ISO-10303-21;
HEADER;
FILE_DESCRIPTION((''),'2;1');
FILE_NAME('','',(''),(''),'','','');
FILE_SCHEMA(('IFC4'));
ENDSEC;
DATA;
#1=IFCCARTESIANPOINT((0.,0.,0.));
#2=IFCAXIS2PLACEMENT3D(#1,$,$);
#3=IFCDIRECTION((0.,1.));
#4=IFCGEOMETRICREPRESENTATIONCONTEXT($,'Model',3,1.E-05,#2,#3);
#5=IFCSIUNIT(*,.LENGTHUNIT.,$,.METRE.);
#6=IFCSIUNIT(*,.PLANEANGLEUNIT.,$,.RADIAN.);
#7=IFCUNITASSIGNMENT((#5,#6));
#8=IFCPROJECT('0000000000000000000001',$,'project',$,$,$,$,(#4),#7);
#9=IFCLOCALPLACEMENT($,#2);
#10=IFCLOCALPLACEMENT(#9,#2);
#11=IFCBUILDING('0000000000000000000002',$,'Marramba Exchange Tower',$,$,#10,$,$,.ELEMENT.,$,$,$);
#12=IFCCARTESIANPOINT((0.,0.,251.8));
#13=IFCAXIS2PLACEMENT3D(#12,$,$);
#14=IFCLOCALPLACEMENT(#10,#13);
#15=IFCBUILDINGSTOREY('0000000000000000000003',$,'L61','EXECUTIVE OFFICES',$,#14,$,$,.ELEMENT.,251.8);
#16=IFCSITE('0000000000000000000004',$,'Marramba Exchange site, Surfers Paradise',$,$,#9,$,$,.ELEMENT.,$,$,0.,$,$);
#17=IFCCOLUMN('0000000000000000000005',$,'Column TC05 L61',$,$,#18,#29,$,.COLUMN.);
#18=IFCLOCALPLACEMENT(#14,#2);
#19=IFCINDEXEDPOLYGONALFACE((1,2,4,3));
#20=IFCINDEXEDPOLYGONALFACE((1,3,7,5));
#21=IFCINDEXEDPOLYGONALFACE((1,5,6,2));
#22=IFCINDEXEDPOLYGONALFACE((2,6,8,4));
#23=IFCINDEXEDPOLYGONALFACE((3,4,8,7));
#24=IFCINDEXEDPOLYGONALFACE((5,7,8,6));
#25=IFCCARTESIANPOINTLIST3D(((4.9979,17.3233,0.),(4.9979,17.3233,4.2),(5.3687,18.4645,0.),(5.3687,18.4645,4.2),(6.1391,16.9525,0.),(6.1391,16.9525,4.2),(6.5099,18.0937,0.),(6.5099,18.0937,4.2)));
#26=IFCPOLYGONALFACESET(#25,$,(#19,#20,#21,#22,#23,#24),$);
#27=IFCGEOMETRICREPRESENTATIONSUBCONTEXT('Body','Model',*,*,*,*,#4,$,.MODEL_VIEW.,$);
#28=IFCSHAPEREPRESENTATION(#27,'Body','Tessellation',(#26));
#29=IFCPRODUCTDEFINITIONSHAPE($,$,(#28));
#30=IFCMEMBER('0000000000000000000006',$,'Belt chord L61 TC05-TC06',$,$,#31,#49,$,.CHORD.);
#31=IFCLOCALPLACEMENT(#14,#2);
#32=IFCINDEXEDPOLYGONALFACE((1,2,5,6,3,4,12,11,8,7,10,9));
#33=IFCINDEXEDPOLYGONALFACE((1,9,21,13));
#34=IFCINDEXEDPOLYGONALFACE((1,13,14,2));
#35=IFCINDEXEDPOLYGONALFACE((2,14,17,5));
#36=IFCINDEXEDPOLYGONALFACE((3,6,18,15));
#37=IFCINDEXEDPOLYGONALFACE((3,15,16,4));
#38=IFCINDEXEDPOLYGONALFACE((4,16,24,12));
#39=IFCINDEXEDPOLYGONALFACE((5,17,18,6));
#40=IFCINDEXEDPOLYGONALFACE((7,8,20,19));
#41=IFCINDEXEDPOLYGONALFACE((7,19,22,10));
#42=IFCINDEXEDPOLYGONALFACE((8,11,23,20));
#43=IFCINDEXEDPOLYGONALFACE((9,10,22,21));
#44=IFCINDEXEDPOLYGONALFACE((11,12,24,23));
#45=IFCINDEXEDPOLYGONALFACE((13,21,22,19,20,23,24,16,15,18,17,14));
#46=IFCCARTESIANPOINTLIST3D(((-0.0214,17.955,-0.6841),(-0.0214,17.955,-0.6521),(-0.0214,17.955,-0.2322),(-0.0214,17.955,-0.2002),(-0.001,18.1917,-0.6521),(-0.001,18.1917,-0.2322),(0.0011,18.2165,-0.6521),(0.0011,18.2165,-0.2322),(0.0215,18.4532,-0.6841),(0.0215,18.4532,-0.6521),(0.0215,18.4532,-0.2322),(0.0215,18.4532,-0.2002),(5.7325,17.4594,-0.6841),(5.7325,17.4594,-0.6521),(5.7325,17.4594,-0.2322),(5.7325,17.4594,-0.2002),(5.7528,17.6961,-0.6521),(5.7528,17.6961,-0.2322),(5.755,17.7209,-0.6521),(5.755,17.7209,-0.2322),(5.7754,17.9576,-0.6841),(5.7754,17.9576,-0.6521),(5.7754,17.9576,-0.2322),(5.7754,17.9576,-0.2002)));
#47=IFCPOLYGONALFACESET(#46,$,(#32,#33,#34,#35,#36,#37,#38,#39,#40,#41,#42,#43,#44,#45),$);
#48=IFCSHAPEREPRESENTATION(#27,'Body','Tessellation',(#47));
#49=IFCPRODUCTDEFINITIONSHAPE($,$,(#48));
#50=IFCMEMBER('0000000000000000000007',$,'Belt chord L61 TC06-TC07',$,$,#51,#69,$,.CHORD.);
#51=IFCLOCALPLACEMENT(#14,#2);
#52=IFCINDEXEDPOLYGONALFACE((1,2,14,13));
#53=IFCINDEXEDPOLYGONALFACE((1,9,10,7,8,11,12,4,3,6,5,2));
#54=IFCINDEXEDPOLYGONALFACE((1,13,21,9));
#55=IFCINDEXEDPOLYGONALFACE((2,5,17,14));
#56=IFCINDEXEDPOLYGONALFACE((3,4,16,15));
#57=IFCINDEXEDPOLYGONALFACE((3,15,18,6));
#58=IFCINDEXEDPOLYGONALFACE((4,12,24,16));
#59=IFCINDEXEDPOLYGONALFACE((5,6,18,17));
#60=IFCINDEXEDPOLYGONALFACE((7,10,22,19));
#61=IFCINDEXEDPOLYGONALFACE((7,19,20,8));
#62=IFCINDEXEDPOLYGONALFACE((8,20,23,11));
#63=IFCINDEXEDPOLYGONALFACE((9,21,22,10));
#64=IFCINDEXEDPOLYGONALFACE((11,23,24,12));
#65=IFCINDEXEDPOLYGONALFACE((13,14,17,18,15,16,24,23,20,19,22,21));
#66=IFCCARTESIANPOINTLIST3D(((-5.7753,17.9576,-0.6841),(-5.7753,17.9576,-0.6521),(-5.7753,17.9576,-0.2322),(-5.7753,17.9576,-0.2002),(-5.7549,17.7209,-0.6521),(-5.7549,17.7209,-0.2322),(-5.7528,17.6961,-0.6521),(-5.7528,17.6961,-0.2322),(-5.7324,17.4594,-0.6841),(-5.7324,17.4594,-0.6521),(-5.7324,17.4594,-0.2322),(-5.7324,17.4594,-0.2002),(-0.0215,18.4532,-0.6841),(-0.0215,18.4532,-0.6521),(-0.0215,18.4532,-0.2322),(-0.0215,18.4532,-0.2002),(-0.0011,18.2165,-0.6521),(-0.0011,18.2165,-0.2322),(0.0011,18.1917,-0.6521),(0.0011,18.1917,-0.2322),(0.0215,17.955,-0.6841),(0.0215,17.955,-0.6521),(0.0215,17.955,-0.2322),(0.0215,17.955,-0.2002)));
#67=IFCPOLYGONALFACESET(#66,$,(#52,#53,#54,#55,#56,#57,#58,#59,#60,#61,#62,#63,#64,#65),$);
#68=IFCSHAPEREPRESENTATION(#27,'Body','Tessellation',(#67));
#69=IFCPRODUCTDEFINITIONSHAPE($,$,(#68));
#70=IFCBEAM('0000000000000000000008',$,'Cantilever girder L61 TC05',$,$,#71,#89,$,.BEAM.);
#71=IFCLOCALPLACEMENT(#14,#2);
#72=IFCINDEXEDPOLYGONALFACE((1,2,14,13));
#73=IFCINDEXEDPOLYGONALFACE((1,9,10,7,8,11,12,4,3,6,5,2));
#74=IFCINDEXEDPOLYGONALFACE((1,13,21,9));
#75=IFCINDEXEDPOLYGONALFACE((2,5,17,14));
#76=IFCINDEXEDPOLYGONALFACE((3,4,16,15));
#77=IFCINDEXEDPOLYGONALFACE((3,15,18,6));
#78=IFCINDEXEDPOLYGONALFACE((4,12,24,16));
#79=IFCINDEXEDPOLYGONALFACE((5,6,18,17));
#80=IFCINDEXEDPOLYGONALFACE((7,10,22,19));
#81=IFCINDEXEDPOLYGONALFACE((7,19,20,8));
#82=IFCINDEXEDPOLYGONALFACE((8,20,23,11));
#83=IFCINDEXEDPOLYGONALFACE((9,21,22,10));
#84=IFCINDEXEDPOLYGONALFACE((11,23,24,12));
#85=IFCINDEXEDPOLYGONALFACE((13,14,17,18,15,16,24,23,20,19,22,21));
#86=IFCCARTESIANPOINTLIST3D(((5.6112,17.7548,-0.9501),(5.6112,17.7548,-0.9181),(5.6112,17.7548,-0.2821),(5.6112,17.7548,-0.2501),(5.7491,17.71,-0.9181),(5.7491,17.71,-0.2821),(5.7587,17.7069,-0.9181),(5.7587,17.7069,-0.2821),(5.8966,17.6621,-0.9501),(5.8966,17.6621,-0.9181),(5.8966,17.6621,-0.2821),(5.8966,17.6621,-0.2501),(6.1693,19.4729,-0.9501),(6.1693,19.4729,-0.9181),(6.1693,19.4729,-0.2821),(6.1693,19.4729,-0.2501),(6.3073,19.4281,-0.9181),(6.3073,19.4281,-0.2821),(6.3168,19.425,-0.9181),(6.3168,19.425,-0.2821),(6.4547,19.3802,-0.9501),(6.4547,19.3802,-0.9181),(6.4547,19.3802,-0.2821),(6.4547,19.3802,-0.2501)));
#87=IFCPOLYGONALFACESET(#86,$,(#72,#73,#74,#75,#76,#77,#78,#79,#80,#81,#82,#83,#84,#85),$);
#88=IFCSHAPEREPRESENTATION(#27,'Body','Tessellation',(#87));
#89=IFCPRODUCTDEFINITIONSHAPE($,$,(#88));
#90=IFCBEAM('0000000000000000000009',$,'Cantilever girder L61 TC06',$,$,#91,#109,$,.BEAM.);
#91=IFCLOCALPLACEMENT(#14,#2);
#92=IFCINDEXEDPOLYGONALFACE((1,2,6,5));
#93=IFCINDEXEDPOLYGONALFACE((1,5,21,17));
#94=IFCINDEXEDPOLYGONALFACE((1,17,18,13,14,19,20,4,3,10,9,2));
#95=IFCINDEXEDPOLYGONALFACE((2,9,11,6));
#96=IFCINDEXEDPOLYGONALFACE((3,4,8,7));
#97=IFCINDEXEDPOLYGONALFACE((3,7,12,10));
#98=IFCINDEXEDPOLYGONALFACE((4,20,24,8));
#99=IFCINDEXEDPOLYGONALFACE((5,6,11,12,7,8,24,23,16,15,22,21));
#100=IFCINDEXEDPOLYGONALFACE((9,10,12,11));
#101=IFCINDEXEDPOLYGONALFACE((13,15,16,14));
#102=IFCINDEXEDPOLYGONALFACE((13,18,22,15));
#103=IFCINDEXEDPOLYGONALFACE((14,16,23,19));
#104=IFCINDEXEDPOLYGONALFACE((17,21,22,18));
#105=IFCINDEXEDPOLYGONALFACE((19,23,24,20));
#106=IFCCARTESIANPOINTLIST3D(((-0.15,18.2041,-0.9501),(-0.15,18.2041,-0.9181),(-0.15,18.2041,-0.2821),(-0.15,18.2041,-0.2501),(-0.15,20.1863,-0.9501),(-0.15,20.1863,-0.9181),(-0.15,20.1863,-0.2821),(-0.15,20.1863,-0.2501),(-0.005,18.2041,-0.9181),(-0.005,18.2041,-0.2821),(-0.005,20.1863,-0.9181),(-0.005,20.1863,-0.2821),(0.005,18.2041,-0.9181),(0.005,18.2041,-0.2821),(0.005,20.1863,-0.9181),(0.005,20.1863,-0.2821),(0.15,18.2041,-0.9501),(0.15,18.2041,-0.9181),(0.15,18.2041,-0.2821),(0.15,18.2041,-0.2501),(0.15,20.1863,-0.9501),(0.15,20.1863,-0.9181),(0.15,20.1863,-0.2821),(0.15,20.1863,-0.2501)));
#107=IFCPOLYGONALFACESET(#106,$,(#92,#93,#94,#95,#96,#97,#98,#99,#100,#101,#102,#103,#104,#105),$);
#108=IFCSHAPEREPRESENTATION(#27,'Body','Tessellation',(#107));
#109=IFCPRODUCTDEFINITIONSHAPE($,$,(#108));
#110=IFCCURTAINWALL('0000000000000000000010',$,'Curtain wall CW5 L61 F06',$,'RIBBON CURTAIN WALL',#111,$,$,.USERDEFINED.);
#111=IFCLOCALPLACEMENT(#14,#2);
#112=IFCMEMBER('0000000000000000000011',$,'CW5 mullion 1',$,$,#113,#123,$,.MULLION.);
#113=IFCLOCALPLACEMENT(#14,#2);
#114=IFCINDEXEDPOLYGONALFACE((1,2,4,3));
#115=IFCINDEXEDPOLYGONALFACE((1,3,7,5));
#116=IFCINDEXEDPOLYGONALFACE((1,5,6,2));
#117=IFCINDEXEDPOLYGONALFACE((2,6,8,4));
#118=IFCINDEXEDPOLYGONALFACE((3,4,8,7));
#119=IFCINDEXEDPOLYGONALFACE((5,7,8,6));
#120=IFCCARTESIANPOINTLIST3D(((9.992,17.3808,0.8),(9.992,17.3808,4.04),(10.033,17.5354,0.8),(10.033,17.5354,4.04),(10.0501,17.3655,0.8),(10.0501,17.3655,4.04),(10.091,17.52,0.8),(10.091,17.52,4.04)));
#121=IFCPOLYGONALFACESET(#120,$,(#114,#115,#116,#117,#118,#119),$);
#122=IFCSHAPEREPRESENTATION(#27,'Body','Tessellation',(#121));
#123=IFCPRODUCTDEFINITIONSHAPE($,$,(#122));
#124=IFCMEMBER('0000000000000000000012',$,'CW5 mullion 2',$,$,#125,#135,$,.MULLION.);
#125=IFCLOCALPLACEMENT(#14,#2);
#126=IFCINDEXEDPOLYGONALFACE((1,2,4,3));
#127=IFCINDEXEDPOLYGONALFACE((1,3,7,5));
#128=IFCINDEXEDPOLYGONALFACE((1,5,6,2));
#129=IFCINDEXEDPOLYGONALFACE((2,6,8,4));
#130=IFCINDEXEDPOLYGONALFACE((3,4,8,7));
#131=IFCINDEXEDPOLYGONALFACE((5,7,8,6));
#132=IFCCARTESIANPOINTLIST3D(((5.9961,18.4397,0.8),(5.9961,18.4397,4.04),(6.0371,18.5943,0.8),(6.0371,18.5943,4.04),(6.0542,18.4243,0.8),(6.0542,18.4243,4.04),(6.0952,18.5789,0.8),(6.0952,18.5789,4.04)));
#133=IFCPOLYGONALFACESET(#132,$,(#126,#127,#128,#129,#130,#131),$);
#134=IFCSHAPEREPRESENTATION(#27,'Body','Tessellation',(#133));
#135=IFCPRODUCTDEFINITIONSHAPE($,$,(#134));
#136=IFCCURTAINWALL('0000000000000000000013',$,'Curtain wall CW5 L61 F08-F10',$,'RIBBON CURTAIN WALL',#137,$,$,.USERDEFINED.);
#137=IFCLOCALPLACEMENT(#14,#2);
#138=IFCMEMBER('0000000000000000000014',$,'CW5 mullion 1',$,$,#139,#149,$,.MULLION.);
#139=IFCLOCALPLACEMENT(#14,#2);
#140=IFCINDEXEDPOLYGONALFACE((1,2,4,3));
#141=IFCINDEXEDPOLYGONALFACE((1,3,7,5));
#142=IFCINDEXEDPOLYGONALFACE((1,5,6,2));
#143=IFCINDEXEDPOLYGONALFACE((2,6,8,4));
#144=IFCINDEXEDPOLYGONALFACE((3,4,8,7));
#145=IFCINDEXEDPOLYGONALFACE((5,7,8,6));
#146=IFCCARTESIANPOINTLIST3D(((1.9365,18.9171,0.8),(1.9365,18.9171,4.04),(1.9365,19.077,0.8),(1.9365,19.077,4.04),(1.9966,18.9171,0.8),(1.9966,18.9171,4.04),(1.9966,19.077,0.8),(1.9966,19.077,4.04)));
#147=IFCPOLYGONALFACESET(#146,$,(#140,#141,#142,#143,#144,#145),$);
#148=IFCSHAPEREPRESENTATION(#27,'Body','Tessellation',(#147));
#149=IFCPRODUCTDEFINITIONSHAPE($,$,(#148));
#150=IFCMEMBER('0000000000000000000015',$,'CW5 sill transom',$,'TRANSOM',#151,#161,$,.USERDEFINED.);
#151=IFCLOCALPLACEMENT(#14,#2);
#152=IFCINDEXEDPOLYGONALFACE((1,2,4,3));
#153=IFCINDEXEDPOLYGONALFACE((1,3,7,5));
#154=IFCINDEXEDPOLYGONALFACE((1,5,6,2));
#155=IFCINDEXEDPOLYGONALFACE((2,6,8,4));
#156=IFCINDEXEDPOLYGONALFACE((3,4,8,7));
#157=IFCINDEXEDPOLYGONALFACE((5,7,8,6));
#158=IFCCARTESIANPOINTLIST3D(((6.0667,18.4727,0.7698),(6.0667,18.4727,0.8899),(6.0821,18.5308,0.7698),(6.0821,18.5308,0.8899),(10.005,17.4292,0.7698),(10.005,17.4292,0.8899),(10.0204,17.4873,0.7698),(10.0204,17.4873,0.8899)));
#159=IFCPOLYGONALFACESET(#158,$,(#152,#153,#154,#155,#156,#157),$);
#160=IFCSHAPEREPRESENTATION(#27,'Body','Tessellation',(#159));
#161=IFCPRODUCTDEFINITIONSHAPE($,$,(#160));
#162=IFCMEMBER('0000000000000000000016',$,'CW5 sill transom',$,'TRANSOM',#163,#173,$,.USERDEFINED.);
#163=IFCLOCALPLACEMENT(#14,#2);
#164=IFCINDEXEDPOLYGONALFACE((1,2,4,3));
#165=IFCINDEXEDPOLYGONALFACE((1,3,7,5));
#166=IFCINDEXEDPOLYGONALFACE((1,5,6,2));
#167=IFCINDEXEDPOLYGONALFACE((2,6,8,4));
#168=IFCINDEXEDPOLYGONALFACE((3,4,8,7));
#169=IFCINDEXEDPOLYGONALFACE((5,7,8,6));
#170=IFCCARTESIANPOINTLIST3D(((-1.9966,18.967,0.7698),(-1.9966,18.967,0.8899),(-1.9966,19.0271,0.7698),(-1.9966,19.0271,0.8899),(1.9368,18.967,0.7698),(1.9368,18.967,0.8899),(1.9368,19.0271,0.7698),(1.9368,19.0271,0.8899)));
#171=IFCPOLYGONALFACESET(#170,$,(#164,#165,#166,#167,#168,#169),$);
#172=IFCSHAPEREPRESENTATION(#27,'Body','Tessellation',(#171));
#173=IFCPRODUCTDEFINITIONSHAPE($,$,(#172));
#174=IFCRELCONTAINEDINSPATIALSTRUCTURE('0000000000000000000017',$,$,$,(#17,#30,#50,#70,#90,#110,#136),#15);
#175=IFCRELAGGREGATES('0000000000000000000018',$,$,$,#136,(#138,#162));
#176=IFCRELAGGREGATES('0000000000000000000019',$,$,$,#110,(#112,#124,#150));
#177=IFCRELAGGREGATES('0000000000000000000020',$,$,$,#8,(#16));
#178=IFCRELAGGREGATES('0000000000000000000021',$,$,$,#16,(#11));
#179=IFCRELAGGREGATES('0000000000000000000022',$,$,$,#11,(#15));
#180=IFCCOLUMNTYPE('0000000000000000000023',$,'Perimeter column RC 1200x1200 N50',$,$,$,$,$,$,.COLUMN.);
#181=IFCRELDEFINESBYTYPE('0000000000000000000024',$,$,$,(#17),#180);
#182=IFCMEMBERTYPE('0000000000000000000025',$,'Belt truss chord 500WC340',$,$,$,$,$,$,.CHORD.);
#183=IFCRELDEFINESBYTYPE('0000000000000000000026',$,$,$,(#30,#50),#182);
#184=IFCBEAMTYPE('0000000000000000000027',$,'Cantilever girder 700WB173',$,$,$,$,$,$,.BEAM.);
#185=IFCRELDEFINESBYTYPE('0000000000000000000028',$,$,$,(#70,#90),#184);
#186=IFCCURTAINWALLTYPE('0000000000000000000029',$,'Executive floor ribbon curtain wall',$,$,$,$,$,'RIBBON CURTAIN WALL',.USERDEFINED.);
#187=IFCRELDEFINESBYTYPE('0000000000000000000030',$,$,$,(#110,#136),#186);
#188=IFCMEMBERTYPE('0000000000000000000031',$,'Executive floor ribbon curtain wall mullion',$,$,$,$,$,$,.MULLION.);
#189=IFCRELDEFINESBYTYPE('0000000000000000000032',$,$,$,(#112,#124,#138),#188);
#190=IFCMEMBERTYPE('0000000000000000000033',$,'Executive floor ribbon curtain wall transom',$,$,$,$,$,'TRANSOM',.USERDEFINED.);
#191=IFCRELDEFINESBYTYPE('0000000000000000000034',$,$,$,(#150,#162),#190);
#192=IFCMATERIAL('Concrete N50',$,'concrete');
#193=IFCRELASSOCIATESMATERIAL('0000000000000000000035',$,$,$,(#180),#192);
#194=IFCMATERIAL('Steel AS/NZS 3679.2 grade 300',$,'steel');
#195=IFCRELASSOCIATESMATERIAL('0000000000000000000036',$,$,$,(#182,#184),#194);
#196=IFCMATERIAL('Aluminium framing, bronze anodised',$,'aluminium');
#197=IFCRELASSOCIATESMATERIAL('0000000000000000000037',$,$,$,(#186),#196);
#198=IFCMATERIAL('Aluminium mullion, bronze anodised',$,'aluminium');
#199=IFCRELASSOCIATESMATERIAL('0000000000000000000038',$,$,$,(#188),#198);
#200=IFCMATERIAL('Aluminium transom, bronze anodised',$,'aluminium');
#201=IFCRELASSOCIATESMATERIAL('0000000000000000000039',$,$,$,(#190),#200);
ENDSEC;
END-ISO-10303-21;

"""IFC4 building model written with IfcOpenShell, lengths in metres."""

from ifc_helpers import new_model, si_unit, direction, frame, origin, origin_2d, place, context, subcontext, project, spatial, rectangle, i_section, extrude, material, material_profile, profile_set, type_object, element, aggregate, save


model = new_model("IFC4")

# Units and contexts
model_context = context("Model", 3, precision=1e-05, world=origin(), true_north=direction((0.0, 1.0)))
body_context = subcontext(model_context, "Body", "Model", "MODEL_VIEW")
ifc_project = project(units=[si_unit("LENGTHUNIT", "METRE"), si_unit("PLANEANGLEUNIT", "RADIAN")], contexts=[model_context])

# Site, building, storey
site_placement = place(None, origin())
site = spatial("IfcSite", under=ifc_project, at=site_placement, Name="Marramba Exchange site, Surfers Paradise", CompositionType="ELEMENT", RefElevation=0.0)
building_placement = place(site_placement, origin())
building = spatial("IfcBuilding", under=site, at=building_placement, Name="Marramba Exchange Tower", CompositionType="ELEMENT")
storey_placement = place(building_placement, frame((0.0, 0.0, 251.8)))
storey = spatial("IfcBuildingStorey", under=building, at=storey_placement, Name="L61", Description="EXECUTIVE OFFICES", CompositionType="ELEMENT", Elevation=251.8)

# Column
ifc_material_1 = material(Name="Concrete N50", Category="concrete")
ifc_material_profile_1 = material_profile(ifc_material_1, rectangle(XDim=1.2, YDim=1.2, at=origin_2d()), Name="RC 1200x1200")
ifc_profile_set_1 = profile_set([ifc_material_profile_1], Name="Concrete N50")
column_type = type_object("IfcColumnType", Name="Perimeter column RC 1200x1200 N50", PredefinedType="COLUMN", material=ifc_profile_set_1)
column_placement = place(storey_placement, frame((5.7539, 17.7085, 0.0), z_axis=(0.0, 0.0, 1.0), x_axis=(0.309017, 0.951057, 0.0)))
element("IfcColumn", 1, at=column_placement, inside=storey, type_object=column_type, Name="Column TC05 L61", PredefinedType="COLUMN", context=body_context, shape_type="SweptSolid", body=[
    extrude(rectangle(XDim=1.2, YDim=1.2, at=origin_2d()), origin(), (0.0, 0.0, 1.0), 4.2),
])

# Members
ifc_material_2 = material(Name="Steel AS/NZS 3679.2 grade 300", Category="steel")
ifc_material_profile_2 = material_profile(ifc_material_2, i_section(OverallWidth=0.5, OverallDepth=0.4839, WebThickness=0.0249, FlangeThickness=0.032, at=origin_2d()), Name="500WC340")
ifc_profile_set_2 = profile_set([ifc_material_profile_2], Name="Steel AS/NZS 3679.2 grade 300")
member_type_1 = type_object("IfcMemberType", Name="Belt truss chord 500WC340", PredefinedType="CHORD", material=ifc_profile_set_2)
for number, where, z_axis, x_axis, name in (
    (2, (5.7539, 17.7085, -0.4421), (-0.996311, 0.085816, 0.0), (-0.085816, -0.996311, 0.0), "Belt chord L61 TC05-TC06"),
    (3, (0.0, 18.2041, -0.4421), (-0.996311, -0.085816, 0.0), (0.085816, -0.996311, 0.0), "Belt chord L61 TC06-TC07"),
):
    element("IfcMember", number, at=place(storey_placement, frame(where, z_axis=z_axis, x_axis=x_axis)), inside=storey, type_object=member_type_1, Name=name, PredefinedType="CHORD", context=body_context, shape_type="SweptSolid", body=[
        extrude(i_section(OverallWidth=0.5, OverallDepth=0.4839, WebThickness=0.0249, FlangeThickness=0.032, at=origin_2d()), origin(), (0.0, 0.0, 1.0), 5.7751),
    ])

# Beams
ifc_material_profile_3 = material_profile(ifc_material_2, i_section(OverallWidth=0.3, OverallDepth=0.7, WebThickness=0.01, FlangeThickness=0.032, at=origin_2d()), Name="700WB173")
ifc_profile_set_3 = profile_set([ifc_material_profile_3], Name="Steel AS/NZS 3679.2 grade 300")
beam_type_1 = type_object("IfcBeamType", Name="Cantilever girder 700WB173", PredefinedType="BEAM", material=ifc_profile_set_3)
beam_1_placement = place(storey_placement, frame((5.7539, 17.7085, -0.6001), z_axis=(0.308961, 0.951075, 0.0), x_axis=(-0.951075, 0.308961, 0.0)))
element("IfcBeam", 4, at=beam_1_placement, inside=storey, type_object=beam_type_1, Name="Cantilever girder L61 TC05", PredefinedType="BEAM", context=body_context, shape_type="SweptSolid", body=[
    extrude(i_section(OverallWidth=0.3, OverallDepth=0.7, WebThickness=0.01, FlangeThickness=0.032, at=origin_2d()), origin(), (0.0, 0.0, 1.0), 1.8064),
])
beam_2_placement = place(storey_placement, frame((0.0, 18.2041, -0.6001), z_axis=(0.0, 1.0, 0.0), x_axis=(-1.0, 0.0, 0.0)))
element("IfcBeam", 5, at=beam_2_placement, inside=storey, type_object=beam_type_1, Name="Cantilever girder L61 TC06", PredefinedType="BEAM", context=body_context, shape_type="SweptSolid", body=[
    extrude(i_section(OverallWidth=0.3, OverallDepth=0.7, WebThickness=0.01, FlangeThickness=0.032, at=origin_2d()), origin(), (0.0, 0.0, 1.0), 1.9822),
])

# Curtain wall, members
ifc_material_3 = material(Name="Aluminium framing, bronze anodised", Category="aluminium")
curtain_wall_type = type_object("IfcCurtainWallType", Name="Executive floor ribbon curtain wall", ElementType="RIBBON CURTAIN WALL", PredefinedType="USERDEFINED", material=ifc_material_3)
curtain_wall_1_placement = place(storey_placement, origin())
curtain_wall_1 = element("IfcCurtainWall", 6, at=curtain_wall_1_placement, inside=storey, type_object=curtain_wall_type, Name="Curtain wall CW5 L61 F06", ObjectType="RIBBON CURTAIN WALL", PredefinedType="USERDEFINED")
ifc_material_4 = material(Name="Aluminium mullion, bronze anodised", Category="aluminium")
ifc_material_profile_4 = material_profile(ifc_material_4, rectangle(XDim=0.1599, YDim=0.0601, at=origin_2d()), Name="CW5 mullion 60x160")
ifc_profile_set_4 = profile_set([ifc_material_profile_4], Name="Aluminium mullion, bronze anodised")
member_type_2 = type_object("IfcMemberType", Name="Executive floor ribbon curtain wall mullion", PredefinedType="MULLION", material=ifc_profile_set_4)
member_1_placement = place(storey_placement, frame((10.0415, 17.4504, 0.8), z_axis=(0.0, 0.0, 1.0), x_axis=(-0.256126, -0.966644, 0.0)))
member_1 = element("IfcMember", 7, at=member_1_placement, type_object=member_type_2, Name="CW5 mullion 1", PredefinedType="MULLION", context=body_context, shape_type="SweptSolid", body=[
    extrude(rectangle(XDim=0.1599, YDim=0.0601, at=origin_2d()), origin(), (0.0, 0.0, 1.0), 3.24),
])
member_2_placement = place(storey_placement, frame((6.0457, 18.5093, 0.8), z_axis=(0.0, 0.0, 1.0), x_axis=(-0.256126, -0.966644, 0.0)))
member_2 = element("IfcMember", 8, at=member_2_placement, type_object=member_type_2, Name="CW5 mullion 2", PredefinedType="MULLION", context=body_context, shape_type="SweptSolid", body=[
    extrude(rectangle(XDim=0.1599, YDim=0.0601, at=origin_2d()), origin(), (0.0, 0.0, 1.0), 3.24),
])

# Curtain wall, member
curtain_wall_2_placement = place(storey_placement, origin())
curtain_wall_2 = element("IfcCurtainWall", 9, at=curtain_wall_2_placement, inside=storey, type_object=curtain_wall_type, Name="Curtain wall CW5 L61 F08-F10", ObjectType="RIBBON CURTAIN WALL", PredefinedType="USERDEFINED")
member_3_placement = place(storey_placement, frame((1.9666, 18.9971, 0.8), z_axis=(0.0, 0.0, 1.0), x_axis=(0.0, -1.0, 0.0)))
member_3 = element("IfcMember", 10, at=member_3_placement, type_object=member_type_2, Name="CW5 mullion 1", PredefinedType="MULLION", context=body_context, shape_type="SweptSolid", body=[
    extrude(rectangle(XDim=0.1599, YDim=0.0601, at=origin_2d()), origin(), (0.0, 0.0, 1.0), 3.24),
])

# Members
ifc_material_5 = material(Name="Aluminium transom, bronze anodised", Category="aluminium")
ifc_material_profile_5 = material_profile(ifc_material_5, rectangle(XDim=0.0601, YDim=0.1201, at=origin_2d()), Name="CW5 transom 60x120")
ifc_profile_set_5 = profile_set([ifc_material_profile_5], Name="Aluminium transom, bronze anodised")
member_type_3 = type_object("IfcMemberType", Name="Executive floor ribbon curtain wall transom", ElementType="TRANSOM", PredefinedType="USERDEFINED", material=ifc_profile_set_5)
member_4_placement = place(storey_placement, frame((10.0127, 17.4583, 0.8298), z_axis=(-0.966645, 0.256118, 0.0), x_axis=(-0.256118, -0.966645, 0.0)))
member_4 = element("IfcMember", 11, at=member_4_placement, type_object=member_type_3, Name="CW5 sill transom", ObjectType="TRANSOM", PredefinedType="USERDEFINED", context=body_context, shape_type="SweptSolid", body=[
    extrude(rectangle(XDim=0.0601, YDim=0.1201, at=origin_2d()), origin(), (0.0, 0.0, 1.0), 4.0742),
])
member_5_placement = place(storey_placement, frame((1.9368, 18.9971, 0.8298), z_axis=(-1.0, 0.0, 0.0), x_axis=(0.0, -1.0, 0.0)))
member_5 = element("IfcMember", 12, at=member_5_placement, type_object=member_type_3, Name="CW5 sill transom", ObjectType="TRANSOM", PredefinedType="USERDEFINED", context=body_context, shape_type="SweptSolid", body=[
    extrude(rectangle(XDim=0.0601, YDim=0.1201, at=origin_2d()), origin(), (0.0, 0.0, 1.0), 3.9333),
])
aggregate(curtain_wall_2, [member_3, member_5])

aggregate(curtain_wall_1, [member_1, member_2, member_4])

save(model, "model.ifc")
